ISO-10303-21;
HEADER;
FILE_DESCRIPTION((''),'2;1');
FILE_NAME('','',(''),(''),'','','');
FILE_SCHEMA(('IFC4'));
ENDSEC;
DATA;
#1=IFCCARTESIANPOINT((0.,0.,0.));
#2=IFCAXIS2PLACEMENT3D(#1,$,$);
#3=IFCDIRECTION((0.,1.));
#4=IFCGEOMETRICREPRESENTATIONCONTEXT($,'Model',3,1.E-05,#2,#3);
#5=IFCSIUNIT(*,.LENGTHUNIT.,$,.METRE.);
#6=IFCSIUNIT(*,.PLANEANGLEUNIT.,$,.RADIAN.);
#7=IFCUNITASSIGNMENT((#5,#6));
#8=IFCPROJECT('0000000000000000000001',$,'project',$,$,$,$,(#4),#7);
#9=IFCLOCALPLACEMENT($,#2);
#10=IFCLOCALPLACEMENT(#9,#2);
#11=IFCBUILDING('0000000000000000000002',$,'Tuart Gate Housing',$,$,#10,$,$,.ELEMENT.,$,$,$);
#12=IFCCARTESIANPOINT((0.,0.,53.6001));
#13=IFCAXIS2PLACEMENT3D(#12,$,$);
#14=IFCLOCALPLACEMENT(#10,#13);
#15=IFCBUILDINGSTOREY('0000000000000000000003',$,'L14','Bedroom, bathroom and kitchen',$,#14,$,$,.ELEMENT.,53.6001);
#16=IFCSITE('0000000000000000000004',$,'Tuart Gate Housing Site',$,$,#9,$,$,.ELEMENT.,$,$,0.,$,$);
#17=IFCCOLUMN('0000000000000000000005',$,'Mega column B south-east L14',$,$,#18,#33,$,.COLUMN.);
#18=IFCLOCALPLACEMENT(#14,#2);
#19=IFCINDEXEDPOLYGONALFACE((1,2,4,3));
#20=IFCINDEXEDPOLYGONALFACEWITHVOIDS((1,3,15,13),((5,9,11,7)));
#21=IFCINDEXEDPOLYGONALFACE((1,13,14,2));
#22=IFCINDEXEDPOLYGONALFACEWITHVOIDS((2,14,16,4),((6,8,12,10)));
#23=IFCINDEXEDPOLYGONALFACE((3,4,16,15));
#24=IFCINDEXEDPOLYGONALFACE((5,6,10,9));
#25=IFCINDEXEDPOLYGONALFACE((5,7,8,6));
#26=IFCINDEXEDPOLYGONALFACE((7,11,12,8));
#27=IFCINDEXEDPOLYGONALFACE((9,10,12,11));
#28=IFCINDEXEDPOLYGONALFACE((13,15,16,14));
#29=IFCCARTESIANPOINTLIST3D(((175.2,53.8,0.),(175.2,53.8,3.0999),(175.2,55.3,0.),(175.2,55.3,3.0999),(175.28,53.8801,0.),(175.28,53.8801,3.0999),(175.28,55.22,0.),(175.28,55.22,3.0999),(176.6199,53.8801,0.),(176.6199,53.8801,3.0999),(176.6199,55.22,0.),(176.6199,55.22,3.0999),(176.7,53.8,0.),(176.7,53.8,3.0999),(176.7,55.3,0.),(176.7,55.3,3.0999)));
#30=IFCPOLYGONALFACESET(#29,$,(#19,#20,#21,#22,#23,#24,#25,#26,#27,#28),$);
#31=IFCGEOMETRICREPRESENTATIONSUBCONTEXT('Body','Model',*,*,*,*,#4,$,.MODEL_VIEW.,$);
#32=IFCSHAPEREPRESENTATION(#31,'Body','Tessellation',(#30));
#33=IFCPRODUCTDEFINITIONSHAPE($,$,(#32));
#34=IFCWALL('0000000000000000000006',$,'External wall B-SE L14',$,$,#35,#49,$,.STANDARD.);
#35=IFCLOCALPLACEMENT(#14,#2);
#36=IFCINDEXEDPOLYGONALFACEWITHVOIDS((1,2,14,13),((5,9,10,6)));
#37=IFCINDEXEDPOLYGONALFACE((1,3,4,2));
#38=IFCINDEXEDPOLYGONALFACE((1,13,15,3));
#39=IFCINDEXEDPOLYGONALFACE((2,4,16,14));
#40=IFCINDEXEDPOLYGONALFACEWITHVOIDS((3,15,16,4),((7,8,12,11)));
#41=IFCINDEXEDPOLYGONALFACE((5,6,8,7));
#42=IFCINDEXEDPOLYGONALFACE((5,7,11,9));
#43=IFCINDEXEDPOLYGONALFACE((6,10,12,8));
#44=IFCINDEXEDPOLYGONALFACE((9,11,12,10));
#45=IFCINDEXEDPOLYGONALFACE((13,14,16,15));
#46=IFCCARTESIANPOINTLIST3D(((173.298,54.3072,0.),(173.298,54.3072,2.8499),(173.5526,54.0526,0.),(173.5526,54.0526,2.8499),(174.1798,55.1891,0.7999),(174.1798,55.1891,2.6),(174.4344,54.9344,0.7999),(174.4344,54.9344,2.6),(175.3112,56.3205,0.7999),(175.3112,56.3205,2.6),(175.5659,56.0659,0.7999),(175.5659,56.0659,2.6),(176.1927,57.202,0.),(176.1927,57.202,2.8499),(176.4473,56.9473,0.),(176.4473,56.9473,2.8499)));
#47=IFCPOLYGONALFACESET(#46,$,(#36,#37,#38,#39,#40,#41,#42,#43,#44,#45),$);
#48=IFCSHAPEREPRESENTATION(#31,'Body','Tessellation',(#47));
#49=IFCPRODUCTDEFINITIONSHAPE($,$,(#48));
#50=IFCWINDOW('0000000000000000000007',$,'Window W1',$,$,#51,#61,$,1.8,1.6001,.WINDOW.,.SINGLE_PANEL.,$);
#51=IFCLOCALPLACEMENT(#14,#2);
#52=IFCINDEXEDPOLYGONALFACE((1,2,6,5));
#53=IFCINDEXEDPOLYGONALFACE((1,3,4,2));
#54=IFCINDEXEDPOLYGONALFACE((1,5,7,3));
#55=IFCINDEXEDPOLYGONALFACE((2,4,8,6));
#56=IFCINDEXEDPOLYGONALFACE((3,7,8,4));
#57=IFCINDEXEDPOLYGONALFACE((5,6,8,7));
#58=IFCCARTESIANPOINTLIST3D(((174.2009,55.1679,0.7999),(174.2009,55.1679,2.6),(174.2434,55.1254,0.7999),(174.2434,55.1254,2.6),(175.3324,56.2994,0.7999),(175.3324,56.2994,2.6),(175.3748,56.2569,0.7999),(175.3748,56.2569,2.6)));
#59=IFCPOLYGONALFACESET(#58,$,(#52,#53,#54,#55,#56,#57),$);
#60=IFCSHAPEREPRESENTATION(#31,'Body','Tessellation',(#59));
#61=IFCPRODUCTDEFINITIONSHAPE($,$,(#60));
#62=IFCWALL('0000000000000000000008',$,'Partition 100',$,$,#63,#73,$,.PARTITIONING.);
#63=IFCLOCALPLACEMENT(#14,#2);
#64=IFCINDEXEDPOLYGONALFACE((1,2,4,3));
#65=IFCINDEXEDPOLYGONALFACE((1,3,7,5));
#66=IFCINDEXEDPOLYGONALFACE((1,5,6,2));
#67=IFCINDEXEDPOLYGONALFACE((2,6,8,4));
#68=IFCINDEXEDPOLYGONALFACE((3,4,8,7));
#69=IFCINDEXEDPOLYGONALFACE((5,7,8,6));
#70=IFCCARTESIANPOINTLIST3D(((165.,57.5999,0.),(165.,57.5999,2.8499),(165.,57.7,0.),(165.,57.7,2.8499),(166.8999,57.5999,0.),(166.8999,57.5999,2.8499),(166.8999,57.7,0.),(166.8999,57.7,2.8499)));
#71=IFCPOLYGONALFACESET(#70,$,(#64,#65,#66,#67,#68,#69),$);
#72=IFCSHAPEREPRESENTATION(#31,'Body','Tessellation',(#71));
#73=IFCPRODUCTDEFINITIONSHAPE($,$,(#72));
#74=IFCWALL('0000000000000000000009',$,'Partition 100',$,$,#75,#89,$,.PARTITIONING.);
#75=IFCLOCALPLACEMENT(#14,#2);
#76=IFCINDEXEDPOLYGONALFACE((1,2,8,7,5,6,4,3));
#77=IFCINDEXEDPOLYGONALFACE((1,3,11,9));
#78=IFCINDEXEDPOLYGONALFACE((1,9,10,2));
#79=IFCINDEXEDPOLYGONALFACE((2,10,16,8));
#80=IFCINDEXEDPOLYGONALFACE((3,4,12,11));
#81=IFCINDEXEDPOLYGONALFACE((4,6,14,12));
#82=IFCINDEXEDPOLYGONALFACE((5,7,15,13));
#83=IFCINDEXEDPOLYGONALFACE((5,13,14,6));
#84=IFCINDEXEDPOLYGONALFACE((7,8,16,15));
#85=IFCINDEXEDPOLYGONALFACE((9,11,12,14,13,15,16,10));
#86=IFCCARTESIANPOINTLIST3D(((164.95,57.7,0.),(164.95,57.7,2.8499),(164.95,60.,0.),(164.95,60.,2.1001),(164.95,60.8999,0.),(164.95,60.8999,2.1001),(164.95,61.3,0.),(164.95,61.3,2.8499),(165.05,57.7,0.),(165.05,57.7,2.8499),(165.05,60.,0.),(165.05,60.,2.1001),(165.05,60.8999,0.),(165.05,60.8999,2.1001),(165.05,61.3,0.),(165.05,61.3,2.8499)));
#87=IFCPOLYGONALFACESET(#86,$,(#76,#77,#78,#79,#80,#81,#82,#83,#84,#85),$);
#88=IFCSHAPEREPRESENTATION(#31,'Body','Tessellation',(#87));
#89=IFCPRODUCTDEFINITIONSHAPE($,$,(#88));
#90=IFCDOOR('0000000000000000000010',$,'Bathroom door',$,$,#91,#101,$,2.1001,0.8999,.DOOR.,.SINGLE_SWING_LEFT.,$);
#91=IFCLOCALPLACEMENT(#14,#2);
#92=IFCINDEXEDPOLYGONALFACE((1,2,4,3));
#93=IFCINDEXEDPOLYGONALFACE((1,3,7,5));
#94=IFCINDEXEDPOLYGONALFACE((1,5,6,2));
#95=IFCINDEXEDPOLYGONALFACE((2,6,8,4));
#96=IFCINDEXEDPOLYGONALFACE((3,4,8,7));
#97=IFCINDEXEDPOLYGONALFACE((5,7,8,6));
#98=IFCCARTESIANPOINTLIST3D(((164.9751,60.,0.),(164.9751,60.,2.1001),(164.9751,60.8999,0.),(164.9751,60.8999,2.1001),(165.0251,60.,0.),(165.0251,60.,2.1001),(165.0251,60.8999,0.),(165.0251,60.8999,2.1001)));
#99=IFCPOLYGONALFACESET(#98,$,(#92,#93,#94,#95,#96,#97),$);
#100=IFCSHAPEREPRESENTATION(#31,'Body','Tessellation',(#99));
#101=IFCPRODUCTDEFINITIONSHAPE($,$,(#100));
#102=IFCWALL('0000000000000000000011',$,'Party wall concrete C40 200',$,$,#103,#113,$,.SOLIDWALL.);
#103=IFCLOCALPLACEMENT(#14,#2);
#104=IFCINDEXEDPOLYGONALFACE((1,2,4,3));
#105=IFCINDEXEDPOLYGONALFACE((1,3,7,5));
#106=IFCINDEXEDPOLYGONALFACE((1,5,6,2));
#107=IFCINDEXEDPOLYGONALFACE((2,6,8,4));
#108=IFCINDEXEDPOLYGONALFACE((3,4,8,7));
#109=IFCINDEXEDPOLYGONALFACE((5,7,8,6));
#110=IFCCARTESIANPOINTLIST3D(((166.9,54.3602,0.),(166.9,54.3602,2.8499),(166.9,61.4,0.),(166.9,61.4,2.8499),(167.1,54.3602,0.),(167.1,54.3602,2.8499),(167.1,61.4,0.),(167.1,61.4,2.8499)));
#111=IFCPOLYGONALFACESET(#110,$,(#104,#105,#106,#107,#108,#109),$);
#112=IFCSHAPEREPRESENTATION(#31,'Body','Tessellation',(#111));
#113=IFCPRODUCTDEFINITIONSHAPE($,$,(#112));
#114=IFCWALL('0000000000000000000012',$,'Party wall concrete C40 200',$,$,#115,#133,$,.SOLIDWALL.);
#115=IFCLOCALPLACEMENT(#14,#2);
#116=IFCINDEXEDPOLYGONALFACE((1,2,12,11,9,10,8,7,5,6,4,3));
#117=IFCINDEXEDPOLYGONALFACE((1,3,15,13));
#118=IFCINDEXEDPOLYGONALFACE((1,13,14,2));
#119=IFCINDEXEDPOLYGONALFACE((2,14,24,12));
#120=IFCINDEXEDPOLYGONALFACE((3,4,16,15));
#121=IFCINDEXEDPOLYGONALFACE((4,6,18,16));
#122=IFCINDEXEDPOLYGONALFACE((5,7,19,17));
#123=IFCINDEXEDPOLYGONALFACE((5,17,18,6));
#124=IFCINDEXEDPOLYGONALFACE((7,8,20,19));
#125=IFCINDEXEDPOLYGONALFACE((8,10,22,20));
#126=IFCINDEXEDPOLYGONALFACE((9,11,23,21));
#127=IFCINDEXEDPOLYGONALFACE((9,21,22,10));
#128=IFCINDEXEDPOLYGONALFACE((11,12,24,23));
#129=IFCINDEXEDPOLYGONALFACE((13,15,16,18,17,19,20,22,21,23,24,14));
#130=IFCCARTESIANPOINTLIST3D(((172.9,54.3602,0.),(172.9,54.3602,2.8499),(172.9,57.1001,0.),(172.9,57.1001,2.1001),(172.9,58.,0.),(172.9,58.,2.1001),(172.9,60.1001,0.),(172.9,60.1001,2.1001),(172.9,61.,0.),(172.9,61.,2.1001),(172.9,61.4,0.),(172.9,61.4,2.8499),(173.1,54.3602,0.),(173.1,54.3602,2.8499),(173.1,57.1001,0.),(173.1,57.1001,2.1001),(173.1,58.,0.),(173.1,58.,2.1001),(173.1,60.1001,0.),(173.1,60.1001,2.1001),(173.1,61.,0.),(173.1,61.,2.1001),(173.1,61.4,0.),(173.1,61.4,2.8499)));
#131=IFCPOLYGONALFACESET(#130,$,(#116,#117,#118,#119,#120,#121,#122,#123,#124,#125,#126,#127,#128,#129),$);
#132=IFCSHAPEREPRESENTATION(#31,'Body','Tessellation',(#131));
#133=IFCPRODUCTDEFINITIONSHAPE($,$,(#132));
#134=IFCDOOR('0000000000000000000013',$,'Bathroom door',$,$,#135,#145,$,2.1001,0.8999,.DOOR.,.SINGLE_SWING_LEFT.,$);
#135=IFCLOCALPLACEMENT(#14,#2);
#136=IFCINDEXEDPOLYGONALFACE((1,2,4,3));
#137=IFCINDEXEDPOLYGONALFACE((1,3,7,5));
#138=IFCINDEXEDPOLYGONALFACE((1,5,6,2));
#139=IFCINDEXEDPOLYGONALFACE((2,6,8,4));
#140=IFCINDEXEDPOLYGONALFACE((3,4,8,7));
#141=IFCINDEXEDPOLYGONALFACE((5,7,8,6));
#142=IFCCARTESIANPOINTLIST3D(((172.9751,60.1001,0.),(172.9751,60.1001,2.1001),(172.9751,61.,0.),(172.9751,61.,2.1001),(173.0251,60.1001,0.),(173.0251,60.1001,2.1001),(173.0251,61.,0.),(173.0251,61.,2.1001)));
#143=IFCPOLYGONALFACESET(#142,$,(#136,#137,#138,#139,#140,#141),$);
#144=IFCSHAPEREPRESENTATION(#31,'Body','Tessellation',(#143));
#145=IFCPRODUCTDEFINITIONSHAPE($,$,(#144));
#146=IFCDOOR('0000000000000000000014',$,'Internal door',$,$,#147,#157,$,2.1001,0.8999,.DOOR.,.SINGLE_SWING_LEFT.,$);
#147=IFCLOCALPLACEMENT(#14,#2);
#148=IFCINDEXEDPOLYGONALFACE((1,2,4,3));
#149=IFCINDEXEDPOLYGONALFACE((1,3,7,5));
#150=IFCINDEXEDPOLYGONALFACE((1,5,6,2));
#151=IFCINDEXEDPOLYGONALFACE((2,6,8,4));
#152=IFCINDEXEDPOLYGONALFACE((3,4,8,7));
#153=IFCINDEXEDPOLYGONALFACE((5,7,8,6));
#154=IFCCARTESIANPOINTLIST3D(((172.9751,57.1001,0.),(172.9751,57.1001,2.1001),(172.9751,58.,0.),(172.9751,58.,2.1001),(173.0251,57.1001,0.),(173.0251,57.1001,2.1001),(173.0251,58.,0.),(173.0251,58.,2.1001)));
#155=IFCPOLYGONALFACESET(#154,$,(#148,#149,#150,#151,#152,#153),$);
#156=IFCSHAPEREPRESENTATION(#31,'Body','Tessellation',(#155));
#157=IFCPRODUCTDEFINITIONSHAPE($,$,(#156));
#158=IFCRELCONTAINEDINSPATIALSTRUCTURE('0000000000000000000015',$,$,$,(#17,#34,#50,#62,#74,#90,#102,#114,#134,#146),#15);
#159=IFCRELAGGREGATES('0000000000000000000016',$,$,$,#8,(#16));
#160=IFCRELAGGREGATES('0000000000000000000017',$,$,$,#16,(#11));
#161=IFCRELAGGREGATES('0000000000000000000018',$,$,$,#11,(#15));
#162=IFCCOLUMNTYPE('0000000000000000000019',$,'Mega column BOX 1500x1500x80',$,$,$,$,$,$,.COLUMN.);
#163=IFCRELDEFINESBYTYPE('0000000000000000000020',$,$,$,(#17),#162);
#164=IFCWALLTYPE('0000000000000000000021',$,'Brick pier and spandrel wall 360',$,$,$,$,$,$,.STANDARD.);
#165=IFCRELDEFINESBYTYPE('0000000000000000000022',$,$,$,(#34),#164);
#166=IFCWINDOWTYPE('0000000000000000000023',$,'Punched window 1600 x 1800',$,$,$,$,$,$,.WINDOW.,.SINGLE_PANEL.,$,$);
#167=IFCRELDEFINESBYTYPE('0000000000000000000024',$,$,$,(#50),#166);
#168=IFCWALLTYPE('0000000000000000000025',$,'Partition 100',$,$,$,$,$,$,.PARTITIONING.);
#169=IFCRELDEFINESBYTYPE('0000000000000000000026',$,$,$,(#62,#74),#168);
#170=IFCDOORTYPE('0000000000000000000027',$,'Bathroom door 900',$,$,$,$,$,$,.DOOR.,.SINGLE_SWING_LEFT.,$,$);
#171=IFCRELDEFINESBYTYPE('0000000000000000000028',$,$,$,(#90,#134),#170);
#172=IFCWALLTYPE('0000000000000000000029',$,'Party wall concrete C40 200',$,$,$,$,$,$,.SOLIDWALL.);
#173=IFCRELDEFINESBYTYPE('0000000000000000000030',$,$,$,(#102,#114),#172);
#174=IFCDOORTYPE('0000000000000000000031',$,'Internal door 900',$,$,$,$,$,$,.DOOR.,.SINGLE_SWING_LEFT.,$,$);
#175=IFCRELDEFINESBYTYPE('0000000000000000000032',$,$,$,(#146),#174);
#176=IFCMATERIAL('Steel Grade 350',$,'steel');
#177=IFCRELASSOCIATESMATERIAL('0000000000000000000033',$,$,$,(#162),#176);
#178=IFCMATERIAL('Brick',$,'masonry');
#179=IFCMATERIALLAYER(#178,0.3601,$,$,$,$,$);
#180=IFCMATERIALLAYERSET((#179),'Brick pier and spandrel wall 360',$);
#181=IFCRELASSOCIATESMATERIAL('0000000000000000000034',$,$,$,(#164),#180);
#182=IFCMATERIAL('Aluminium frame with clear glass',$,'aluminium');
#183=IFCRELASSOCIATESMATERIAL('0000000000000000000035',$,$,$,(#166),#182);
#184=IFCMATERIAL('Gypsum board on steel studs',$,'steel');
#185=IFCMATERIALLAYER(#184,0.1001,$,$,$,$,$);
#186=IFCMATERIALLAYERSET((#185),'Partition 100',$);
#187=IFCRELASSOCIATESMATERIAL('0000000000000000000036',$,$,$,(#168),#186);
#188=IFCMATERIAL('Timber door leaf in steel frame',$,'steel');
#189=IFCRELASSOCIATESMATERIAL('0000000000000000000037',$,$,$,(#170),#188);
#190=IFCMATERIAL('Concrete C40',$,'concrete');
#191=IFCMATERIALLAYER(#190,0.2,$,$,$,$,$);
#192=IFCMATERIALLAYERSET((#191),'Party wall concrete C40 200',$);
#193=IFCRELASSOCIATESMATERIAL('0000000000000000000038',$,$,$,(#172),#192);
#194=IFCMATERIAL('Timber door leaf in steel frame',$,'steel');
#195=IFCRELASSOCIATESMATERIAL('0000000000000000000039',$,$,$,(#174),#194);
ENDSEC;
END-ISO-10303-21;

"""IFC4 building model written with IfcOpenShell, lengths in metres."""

from ifc_helpers import new_model, si_unit, direction, frame, frame_2d, origin, origin_2d, place, context, subcontext, project, spatial, rectangle, hollow_rectangle, extrude, material, layer, layer_set, material_profile, profile_set, type_object, element, fill, save


model = new_model("IFC4")

# Units and contexts
model_context = context("Model", 3, precision=1e-05, world=origin(), true_north=direction((0.0, 1.0)))
body_context = subcontext(model_context, "Body", "Model", "MODEL_VIEW")
ifc_project = project(units=[si_unit("LENGTHUNIT", "METRE"), si_unit("PLANEANGLEUNIT", "RADIAN")], contexts=[model_context])

# Site, building, storey
site_placement = place(None, origin())
site = spatial("IfcSite", under=ifc_project, at=site_placement, Name="Tuart Gate Housing Site", CompositionType="ELEMENT", RefElevation=0.0)
building_placement = place(site_placement, origin())
building = spatial("IfcBuilding", under=site, at=building_placement, Name="Tuart Gate Housing", CompositionType="ELEMENT")
storey_placement = place(building_placement, frame((0.0, 0.0, 53.6001)))
storey = spatial("IfcBuildingStorey", under=building, at=storey_placement, Name="L14", Description="Bedroom, bathroom and kitchen", CompositionType="ELEMENT", Elevation=53.6001)

# Column
ifc_material_1 = material(Name="Steel Grade 350", Category="steel")
ifc_material_profile = material_profile(ifc_material_1, hollow_rectangle(XDim=1.5, YDim=1.5, WallThickness=0.0801, at=origin_2d()), Name="BOX 1500x1500x80")
ifc_profile_set = profile_set([ifc_material_profile], Name="Steel Grade 350")
column_type = type_object("IfcColumnType", Name="Mega column BOX 1500x1500x80", PredefinedType="COLUMN", material=ifc_profile_set)
column_placement = place(storey_placement, frame((175.95, 54.55, 0.0), z_axis=(0.0, 0.0, 1.0), x_axis=(1.0, 0.0, 0.0)))
element("IfcColumn", 1, at=column_placement, inside=storey, type_object=column_type, Name="Mega column B south-east L14", PredefinedType="COLUMN", context=body_context, shape_type="SweptSolid", body=[
    extrude(hollow_rectangle(XDim=1.5, YDim=1.5, WallThickness=0.0801, at=origin_2d()), origin(), (0.0, 0.0, 1.0), 3.0999),
])

# Wall, opening, window
ifc_material_2 = material(Name="Brick", Category="masonry")
ifc_layer_1 = layer(ifc_material_2, 0.3601)
ifc_layer_set_1 = layer_set([ifc_layer_1], Name="Brick pier and spandrel wall 360")
wall_type_1 = type_object("IfcWallType", Name="Brick pier and spandrel wall 360", PredefinedType="STANDARD", material=ifc_layer_set_1)
wall_1_placement = place(storey_placement, frame((173.4253, 54.1799, 0.0), z_axis=(0.0, 0.0, 1.0), x_axis=(0.707107, 0.707107, 0.0)))
wall_1 = element("IfcWall", 2, at=wall_1_placement, inside=storey, type_object=wall_type_1, Name="External wall B-SE L14", PredefinedType="STANDARD", context=body_context, shape_type="SweptSolid", body=[
    extrude(rectangle(XDim=4.0938, YDim=0.3601, at=frame_2d((2.0469, 0.0))), origin(), (0.0, 0.0, 1.0), 2.8499),
])
opening_1_placement = place(wall_1_placement, frame((1.2471, 0.0, 0.8)))
opening_1 = element("IfcOpeningElement", 3, at=opening_1_placement, cuts=wall_1, PredefinedType="OPENING", context=body_context, shape_type="SweptSolid", body=[
    extrude(rectangle(XDim=1.6001, YDim=1.8, at=frame_2d((0.8, 0.8999))), frame((0.0, 0.1899, 0.0), z_axis=(0.0, -1.0, 0.0), x_axis=(1.0, 0.0, 0.0)), (0.0, 0.0, 1.0), 0.3801),
])
ifc_material_3 = material(Name="Aluminium frame with clear glass", Category="aluminium")
window_type_1 = type_object("IfcWindowType", Name="Punched window 1600 x 1800", PartitioningType="SINGLE_PANEL", PredefinedType="WINDOW", material=ifc_material_3)
window_1_placement = place(opening_1_placement, origin())
window_1 = element("IfcWindow", 4, at=window_1_placement, inside=storey, type_object=window_type_1, Name="Window W1", OverallHeight=1.8, OverallWidth=1.6001, PartitioningType="SINGLE_PANEL", PredefinedType="WINDOW", context=body_context, shape_type="SweptSolid", body=[
    extrude(rectangle(XDim=1.6001, YDim=1.8, at=frame_2d((0.8, 0.8999))), frame((0.0, 0.1501, 0.0), z_axis=(0.0, -1.0, 0.0), x_axis=(1.0, 0.0, 0.0)), (0.0, 0.0, 1.0), 0.0601),
])
fill(opening_1, window_1)

# Wall
ifc_material_4 = material(Name="Gypsum board on steel studs", Category="steel")
ifc_layer_2 = layer(ifc_material_4, 0.1001)
ifc_layer_set_2 = layer_set([ifc_layer_2], Name="Partition 100")
wall_type_2 = type_object("IfcWallType", Name="Partition 100", PredefinedType="PARTITIONING", material=ifc_layer_set_2)
wall_2_placement = place(storey_placement, frame((165.0, 57.6499, 0.0), z_axis=(0.0, 0.0, 1.0), x_axis=(1.0, 0.0, 0.0)))
element("IfcWall", 5, at=wall_2_placement, inside=storey, type_object=wall_type_2, Name="Partition 100", PredefinedType="PARTITIONING", context=body_context, shape_type="SweptSolid", body=[
    extrude(rectangle(XDim=1.8999, YDim=0.1001, at=frame_2d((0.95, 0.0))), origin(), (0.0, 0.0, 1.0), 2.8499),
])

# Wall, opening, door
wall_3_placement = place(storey_placement, frame((165.0, 57.7, 0.0), z_axis=(0.0, 0.0, 1.0), x_axis=(0.0, 1.0, 0.0)))
wall_3 = element("IfcWall", 6, at=wall_3_placement, inside=storey, type_object=wall_type_2, Name="Partition 100", PredefinedType="PARTITIONING", context=body_context, shape_type="SweptSolid", body=[
    extrude(rectangle(XDim=3.6001, YDim=0.1001, at=frame_2d((1.8, 0.0))), origin(), (0.0, 0.0, 1.0), 2.8499),
])
opening_2_placement = place(wall_3_placement, frame((2.3, 0.0, 0.0)))
opening_2 = element("IfcOpeningElement", 7, at=opening_2_placement, cuts=wall_3, PredefinedType="OPENING", context=body_context, shape_type="SweptSolid", body=[
    extrude(rectangle(XDim=0.8999, YDim=2.1001, at=frame_2d((0.45, 1.05))), frame((0.0, 0.0601, 0.0), z_axis=(0.0, -1.0, 0.0), x_axis=(1.0, 0.0, 0.0)), (0.0, 0.0, 1.0), 0.1201),
])
ifc_material_5 = material(Name="Timber door leaf in steel frame", Category="steel")
door_type_1 = type_object("IfcDoorType", Name="Bathroom door 900", OperationType="SINGLE_SWING_LEFT", PredefinedType="DOOR", material=ifc_material_5)
door_1_placement = place(opening_2_placement, frame((0.8999, 0.0, 0.0), z_axis=(0.0, 0.0, 1.0), x_axis=(-1.0, 0.0, 0.0)))
door_1 = element("IfcDoor", 8, at=door_1_placement, inside=storey, type_object=door_type_1, Name="Bathroom door", OperationType="SINGLE_SWING_LEFT", OverallHeight=2.1001, OverallWidth=0.8999, PredefinedType="DOOR", context=body_context, shape_type="SweptSolid", body=[
    extrude(rectangle(XDim=0.8999, YDim=2.1001, at=frame_2d((0.45, 1.05))), frame((0.0, 0.0251, 0.0), z_axis=(0.0, -1.0, 0.0), x_axis=(1.0, 0.0, 0.0)), (0.0, 0.0, 1.0), 0.05),
])
fill(opening_2, door_1)

# Wall
ifc_material_6 = material(Name="Concrete C40", Category="concrete")
ifc_layer_3 = layer(ifc_material_6, 0.2)
ifc_layer_set_3 = layer_set([ifc_layer_3], Name="Party wall concrete C40 200")
wall_type_3 = type_object("IfcWallType", Name="Party wall concrete C40 200", PredefinedType="SOLIDWALL", material=ifc_layer_set_3)
wall_4_placement = place(storey_placement, frame((167.0, 54.3601, 0.0), z_axis=(0.0, 0.0, 1.0), x_axis=(0.0, 1.0, 0.0)))
element("IfcWall", 9, at=wall_4_placement, inside=storey, type_object=wall_type_3, Name="Party wall concrete C40 200", PredefinedType="SOLIDWALL", context=body_context, shape_type="SweptSolid", body=[
    extrude(rectangle(XDim=7.0398, YDim=0.2, at=frame_2d((3.52, 0.0))), origin(), (0.0, 0.0, 1.0), 2.8499),
])

# Wall, openings, doors
wall_5_placement = place(storey_placement, frame((173.0, 54.3601, 0.0), z_axis=(0.0, 0.0, 1.0), x_axis=(0.0, 1.0, 0.0)))
wall_5 = element("IfcWall", 10, at=wall_5_placement, inside=storey, type_object=wall_type_3, Name="Party wall concrete C40 200", PredefinedType="SOLIDWALL", context=body_context, shape_type="SweptSolid", body=[
    extrude(rectangle(XDim=7.0398, YDim=0.2, at=frame_2d((3.52, 0.0))), origin(), (0.0, 0.0, 1.0), 2.8499),
])
opening_3_placement = place(wall_5_placement, frame((2.74, 0.0, 0.0)))
opening_3 = element("IfcOpeningElement", 11, at=opening_3_placement, cuts=wall_5, PredefinedType="OPENING", context=body_context, shape_type="SweptSolid", body=[
    extrude(rectangle(XDim=0.8999, YDim=2.1001, at=frame_2d((0.45, 1.05))), frame((0.0, 0.1099, 0.0), z_axis=(0.0, -1.0, 0.0), x_axis=(1.0, 0.0, 0.0)), (0.0, 0.0, 1.0), 0.22),
])
opening_4_placement = place(wall_5_placement, frame((5.74, 0.0, 0.0)))
opening_4 = element("IfcOpeningElement", 12, at=opening_4_placement, cuts=wall_5, PredefinedType="OPENING", context=body_context, shape_type="SweptSolid", body=[
    extrude(rectangle(XDim=0.8999, YDim=2.1001, at=frame_2d((0.45, 1.05))), frame((0.0, 0.1099, 0.0), z_axis=(0.0, -1.0, 0.0), x_axis=(1.0, 0.0, 0.0)), (0.0, 0.0, 1.0), 0.22),
])
door_2_placement = place(opening_4_placement, frame((0.8999, 0.0, 0.0), z_axis=(0.0, 0.0, 1.0), x_axis=(-1.0, 0.0, 0.0)))
door_2 = element("IfcDoor", 13, at=door_2_placement, inside=storey, type_object=door_type_1, Name="Bathroom door", OperationType="SINGLE_SWING_LEFT", OverallHeight=2.1001, OverallWidth=0.8999, PredefinedType="DOOR", context=body_context, shape_type="SweptSolid", body=[
    extrude(rectangle(XDim=0.8999, YDim=2.1001, at=frame_2d((0.45, 1.05))), frame((0.0, 0.0251, 0.0), z_axis=(0.0, -1.0, 0.0), x_axis=(1.0, 0.0, 0.0)), (0.0, 0.0, 1.0), 0.05),
])
fill(opening_4, door_2)
ifc_material_7 = material(Name="Timber door leaf in steel frame", Category="steel")
door_type_2 = type_object("IfcDoorType", Name="Internal door 900", OperationType="SINGLE_SWING_LEFT", PredefinedType="DOOR", material=ifc_material_7)
door_3_placement = place(opening_3_placement, frame((0.8999, 0.0, 0.0), z_axis=(0.0, 0.0, 1.0), x_axis=(-1.0, 0.0, 0.0)))
door_3 = element("IfcDoor", 14, at=door_3_placement, inside=storey, type_object=door_type_2, Name="Internal door", OperationType="SINGLE_SWING_LEFT", OverallHeight=2.1001, OverallWidth=0.8999, PredefinedType="DOOR", context=body_context, shape_type="SweptSolid", body=[
    extrude(rectangle(XDim=0.8999, YDim=2.1001, at=frame_2d((0.45, 1.05))), frame((0.0, 0.0251, 0.0), z_axis=(0.0, -1.0, 0.0), x_axis=(1.0, 0.0, 0.0)), (0.0, 0.0, 1.0), 0.05),
])
fill(opening_3, door_3)

save(model, "model.ifc")
